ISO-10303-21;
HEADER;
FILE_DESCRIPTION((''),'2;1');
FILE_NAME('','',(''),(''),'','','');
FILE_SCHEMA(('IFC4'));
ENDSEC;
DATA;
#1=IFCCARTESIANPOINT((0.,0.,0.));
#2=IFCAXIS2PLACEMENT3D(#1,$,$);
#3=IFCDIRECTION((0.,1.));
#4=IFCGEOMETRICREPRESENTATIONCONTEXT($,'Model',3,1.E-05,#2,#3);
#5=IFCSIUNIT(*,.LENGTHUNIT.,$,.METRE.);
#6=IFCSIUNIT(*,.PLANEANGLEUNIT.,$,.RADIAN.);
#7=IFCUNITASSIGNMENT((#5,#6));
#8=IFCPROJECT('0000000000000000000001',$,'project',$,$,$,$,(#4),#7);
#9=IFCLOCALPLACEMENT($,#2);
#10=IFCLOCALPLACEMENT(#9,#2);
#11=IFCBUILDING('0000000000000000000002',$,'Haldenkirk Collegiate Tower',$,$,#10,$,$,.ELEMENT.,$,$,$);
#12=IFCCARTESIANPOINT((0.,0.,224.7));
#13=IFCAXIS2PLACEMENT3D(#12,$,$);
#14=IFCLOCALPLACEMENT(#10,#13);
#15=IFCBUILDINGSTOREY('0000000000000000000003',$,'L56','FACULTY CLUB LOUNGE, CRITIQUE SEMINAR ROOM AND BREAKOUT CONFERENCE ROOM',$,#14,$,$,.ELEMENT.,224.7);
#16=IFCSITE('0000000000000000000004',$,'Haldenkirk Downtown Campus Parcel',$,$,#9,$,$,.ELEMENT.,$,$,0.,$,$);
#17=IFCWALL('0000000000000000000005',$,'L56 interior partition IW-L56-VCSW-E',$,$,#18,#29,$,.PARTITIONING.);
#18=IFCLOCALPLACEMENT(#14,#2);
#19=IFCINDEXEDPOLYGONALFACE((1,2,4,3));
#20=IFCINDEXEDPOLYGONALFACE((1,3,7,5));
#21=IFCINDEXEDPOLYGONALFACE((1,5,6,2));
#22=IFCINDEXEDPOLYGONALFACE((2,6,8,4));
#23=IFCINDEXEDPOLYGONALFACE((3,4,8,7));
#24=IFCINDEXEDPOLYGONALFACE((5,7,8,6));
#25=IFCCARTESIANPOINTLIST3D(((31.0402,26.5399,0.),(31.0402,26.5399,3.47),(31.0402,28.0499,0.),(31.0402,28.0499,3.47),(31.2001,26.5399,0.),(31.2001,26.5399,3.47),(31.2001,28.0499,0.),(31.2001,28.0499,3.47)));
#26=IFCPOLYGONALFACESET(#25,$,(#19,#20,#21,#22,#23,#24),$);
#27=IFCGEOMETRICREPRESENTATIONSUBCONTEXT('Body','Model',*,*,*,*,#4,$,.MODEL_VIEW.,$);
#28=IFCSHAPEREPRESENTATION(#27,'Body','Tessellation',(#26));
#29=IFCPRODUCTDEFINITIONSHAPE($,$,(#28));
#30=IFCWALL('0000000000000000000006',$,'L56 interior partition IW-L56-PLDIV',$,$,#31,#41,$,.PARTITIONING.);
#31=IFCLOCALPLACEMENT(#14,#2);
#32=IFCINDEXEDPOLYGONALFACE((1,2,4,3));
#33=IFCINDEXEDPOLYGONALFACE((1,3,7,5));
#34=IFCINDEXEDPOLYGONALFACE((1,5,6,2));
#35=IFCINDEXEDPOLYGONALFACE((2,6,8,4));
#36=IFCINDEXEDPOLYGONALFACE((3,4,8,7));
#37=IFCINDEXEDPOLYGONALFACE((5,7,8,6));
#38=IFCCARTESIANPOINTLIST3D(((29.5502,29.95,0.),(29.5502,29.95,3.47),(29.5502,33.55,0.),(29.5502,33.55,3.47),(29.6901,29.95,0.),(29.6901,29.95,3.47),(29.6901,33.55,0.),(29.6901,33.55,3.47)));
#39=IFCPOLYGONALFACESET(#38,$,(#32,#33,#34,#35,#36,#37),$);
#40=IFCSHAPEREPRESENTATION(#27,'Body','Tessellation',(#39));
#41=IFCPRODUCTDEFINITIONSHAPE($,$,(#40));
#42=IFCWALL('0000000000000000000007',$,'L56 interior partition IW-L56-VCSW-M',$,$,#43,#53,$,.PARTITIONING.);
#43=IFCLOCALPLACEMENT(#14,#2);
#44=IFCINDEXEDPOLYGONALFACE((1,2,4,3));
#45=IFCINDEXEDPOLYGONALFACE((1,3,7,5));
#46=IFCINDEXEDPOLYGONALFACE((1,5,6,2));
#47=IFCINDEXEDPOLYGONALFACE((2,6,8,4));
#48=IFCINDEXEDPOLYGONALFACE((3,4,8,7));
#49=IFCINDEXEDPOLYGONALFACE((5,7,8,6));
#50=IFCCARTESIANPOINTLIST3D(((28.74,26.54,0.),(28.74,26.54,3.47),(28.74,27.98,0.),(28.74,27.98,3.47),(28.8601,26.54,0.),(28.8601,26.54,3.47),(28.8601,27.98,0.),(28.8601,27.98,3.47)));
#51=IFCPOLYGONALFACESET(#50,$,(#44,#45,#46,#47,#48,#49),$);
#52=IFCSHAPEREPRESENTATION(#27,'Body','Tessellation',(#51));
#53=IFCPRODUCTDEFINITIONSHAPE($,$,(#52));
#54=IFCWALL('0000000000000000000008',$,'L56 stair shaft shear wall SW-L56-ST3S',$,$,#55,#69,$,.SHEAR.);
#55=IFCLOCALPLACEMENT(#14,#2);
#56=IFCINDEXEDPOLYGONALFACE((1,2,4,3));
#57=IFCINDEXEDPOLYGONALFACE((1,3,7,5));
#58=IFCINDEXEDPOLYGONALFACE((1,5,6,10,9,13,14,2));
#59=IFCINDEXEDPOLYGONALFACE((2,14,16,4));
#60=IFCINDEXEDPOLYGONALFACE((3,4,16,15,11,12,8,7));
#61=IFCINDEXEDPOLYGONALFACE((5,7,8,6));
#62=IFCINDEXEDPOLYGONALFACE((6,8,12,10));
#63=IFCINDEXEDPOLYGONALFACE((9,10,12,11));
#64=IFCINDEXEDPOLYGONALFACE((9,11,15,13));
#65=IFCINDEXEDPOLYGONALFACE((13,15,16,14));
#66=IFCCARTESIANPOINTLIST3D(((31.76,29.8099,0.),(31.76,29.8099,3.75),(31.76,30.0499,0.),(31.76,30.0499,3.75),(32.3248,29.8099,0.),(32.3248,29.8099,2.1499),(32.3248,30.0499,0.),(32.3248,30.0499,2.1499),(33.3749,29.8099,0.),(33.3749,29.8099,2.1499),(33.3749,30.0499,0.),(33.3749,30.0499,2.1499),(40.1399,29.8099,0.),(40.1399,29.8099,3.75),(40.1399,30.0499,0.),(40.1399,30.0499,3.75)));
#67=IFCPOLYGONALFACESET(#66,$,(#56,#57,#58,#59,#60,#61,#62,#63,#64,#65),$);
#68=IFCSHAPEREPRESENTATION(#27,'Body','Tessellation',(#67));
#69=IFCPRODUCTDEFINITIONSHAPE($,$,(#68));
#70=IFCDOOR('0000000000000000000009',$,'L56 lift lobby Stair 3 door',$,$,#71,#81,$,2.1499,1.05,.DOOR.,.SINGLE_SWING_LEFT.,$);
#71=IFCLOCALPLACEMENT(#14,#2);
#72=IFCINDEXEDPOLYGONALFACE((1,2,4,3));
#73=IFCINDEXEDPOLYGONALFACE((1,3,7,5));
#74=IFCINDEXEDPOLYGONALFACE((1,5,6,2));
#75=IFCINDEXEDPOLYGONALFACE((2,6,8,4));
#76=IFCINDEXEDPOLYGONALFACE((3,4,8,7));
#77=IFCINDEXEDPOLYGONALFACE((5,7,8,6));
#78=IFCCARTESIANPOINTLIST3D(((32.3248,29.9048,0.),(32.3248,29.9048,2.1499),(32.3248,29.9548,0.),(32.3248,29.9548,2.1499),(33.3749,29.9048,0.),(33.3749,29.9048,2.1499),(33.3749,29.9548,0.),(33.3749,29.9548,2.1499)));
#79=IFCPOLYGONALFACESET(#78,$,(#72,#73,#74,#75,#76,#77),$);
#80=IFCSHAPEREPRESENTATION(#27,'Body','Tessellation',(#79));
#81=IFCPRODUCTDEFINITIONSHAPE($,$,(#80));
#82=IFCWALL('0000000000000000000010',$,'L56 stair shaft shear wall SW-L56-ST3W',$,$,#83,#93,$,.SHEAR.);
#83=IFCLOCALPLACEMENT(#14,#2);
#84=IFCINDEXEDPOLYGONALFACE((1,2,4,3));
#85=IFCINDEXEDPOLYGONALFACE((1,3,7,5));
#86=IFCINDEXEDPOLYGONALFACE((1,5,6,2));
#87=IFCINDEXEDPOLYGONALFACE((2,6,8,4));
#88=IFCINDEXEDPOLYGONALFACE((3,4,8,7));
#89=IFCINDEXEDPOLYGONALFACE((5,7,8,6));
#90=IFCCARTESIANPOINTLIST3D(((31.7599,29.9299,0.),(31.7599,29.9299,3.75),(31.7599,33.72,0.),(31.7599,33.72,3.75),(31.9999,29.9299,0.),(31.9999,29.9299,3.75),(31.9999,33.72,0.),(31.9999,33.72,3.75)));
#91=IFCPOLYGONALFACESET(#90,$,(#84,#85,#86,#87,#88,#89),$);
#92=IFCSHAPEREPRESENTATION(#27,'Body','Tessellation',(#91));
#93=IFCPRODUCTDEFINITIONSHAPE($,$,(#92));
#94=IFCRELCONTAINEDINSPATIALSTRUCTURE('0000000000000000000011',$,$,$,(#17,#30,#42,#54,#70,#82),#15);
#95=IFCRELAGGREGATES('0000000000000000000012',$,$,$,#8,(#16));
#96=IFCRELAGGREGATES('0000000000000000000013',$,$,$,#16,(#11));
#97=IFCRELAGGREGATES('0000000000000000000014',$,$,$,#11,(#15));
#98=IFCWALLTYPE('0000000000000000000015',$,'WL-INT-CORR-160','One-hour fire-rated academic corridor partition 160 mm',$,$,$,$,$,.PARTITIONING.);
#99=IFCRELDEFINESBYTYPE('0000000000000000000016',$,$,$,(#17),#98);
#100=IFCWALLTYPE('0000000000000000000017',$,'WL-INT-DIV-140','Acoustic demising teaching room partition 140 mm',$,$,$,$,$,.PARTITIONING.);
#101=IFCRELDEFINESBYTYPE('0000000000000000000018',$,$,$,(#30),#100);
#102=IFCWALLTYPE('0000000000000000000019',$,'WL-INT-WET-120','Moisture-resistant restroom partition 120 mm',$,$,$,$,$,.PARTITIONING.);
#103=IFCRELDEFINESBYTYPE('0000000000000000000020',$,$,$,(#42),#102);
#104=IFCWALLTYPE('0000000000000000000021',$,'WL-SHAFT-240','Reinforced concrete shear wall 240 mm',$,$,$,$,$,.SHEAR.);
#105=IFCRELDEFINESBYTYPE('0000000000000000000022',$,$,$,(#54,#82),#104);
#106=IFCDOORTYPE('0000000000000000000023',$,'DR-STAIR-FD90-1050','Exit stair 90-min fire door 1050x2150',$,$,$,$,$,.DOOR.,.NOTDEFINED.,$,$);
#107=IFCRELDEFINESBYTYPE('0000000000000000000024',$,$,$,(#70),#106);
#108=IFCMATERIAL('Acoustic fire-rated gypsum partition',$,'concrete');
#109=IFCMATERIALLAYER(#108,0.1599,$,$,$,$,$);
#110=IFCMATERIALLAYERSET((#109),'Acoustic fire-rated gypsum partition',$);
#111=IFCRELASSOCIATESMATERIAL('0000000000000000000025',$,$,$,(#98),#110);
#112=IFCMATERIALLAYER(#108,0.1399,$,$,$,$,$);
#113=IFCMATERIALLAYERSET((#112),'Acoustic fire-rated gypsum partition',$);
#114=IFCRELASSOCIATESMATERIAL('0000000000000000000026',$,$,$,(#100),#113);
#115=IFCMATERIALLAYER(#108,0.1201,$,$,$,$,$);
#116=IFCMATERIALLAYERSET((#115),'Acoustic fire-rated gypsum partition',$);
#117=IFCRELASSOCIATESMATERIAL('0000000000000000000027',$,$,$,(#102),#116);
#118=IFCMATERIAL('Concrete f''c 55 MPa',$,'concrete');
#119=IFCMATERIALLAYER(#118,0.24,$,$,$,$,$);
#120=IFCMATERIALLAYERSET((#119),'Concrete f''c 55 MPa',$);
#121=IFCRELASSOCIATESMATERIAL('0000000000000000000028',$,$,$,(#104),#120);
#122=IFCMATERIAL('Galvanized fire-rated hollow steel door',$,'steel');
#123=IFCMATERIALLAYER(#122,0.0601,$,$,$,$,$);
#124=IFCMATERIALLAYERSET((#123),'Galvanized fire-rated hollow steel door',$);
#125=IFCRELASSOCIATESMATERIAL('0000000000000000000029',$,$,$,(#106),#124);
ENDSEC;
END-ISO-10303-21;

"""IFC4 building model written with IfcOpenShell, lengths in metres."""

from ifc_helpers import new_model, si_unit, direction, frame, frame_2d, origin, place, context, subcontext, project, spatial, rectangle, extrude, material, layer, layer_set, type_object, element, fill, save


model = new_model("IFC4")

# Units and contexts
model_context = context("Model", 3, precision=1e-05, world=origin(), true_north=direction((0.0, 1.0)))
body_context = subcontext(model_context, "Body", "Model", "MODEL_VIEW")
ifc_project = project(units=[si_unit("LENGTHUNIT", "METRE"), si_unit("PLANEANGLEUNIT", "RADIAN")], contexts=[model_context])

# Site, building, storey
site_placement = place(None, origin())
site = spatial("IfcSite", under=ifc_project, at=site_placement, Name="Haldenkirk Downtown Campus Parcel", CompositionType="ELEMENT", RefElevation=0.0)
building_placement = place(site_placement, origin())
building = spatial("IfcBuilding", under=site, at=building_placement, Name="Haldenkirk Collegiate Tower", CompositionType="ELEMENT")
storey_placement = place(building_placement, frame((0.0, 0.0, 224.7)))
storey = spatial("IfcBuildingStorey", under=building, at=storey_placement, Name="L56", Description="FACULTY CLUB LOUNGE, CRITIQUE SEMINAR ROOM AND BREAKOUT CONFERENCE ROOM", CompositionType="ELEMENT", Elevation=224.7)

# Shared definitions
ifc_material_1 = material(Name="Concrete f'c 55 MPa", Category="concrete")
ifc_material_2 = material(Name="Acoustic fire-rated gypsum partition", Category="concrete")
ifc_layer_1 = layer(ifc_material_2, 0.1599)
ifc_layer_set_1 = layer_set([ifc_layer_1], Name="Acoustic fire-rated gypsum partition")
wall_type_1 = type_object("IfcWallType", Name="WL-INT-CORR-160", Description="One-hour fire-rated academic corridor partition 160 mm", PredefinedType="PARTITIONING", material=ifc_layer_set_1)

# Wall
wall_1_placement = place(storey_placement, frame((31.1201, 26.54, 0.0), z_axis=(0.0, 0.0, 1.0), x_axis=(0.0, 1.0, 0.0)))
element("IfcWall", 1, at=wall_1_placement, inside=storey, type_object=wall_type_1, Name="L56 interior partition IW-L56-VCSW-E", PredefinedType="PARTITIONING", context=body_context, shape_type="SweptSolid", body=[
    extrude(rectangle(XDim=1.51, YDim=0.1599, at=frame_2d((0.7549, 0.0))), origin(), (0.0, 0.0, 1.0), 3.47),
])

# Wall
ifc_layer_2 = layer(ifc_material_2, 0.1399)
ifc_layer_set_2 = layer_set([ifc_layer_2], Name="Acoustic fire-rated gypsum partition")
wall_type_2 = type_object("IfcWallType", Name="WL-INT-DIV-140", Description="Acoustic demising teaching room partition 140 mm", PredefinedType="PARTITIONING", material=ifc_layer_set_2)
wall_2_placement = place(storey_placement, frame((29.6201, 29.95, 0.0), z_axis=(0.0, 0.0, 1.0), x_axis=(0.0, 1.0, 0.0)))
element("IfcWall", 2, at=wall_2_placement, inside=storey, type_object=wall_type_2, Name="L56 interior partition IW-L56-PLDIV", PredefinedType="PARTITIONING", context=body_context, shape_type="SweptSolid", body=[
    extrude(rectangle(XDim=3.6001, YDim=0.1399, at=frame_2d((1.8, 0.0))), origin(), (0.0, 0.0, 1.0), 3.47),
])

# Wall
ifc_layer_3 = layer(ifc_material_2, 0.1201)
ifc_layer_set_3 = layer_set([ifc_layer_3], Name="Acoustic fire-rated gypsum partition")
wall_type_3 = type_object("IfcWallType", Name="WL-INT-WET-120", Description="Moisture-resistant restroom partition 120 mm", PredefinedType="PARTITIONING", material=ifc_layer_set_3)
wall_3_placement = place(storey_placement, frame((28.8, 26.54, 0.0), z_axis=(0.0, 0.0, 1.0), x_axis=(0.0, 1.0, 0.0)))
element("IfcWall", 3, at=wall_3_placement, inside=storey, type_object=wall_type_3, Name="L56 interior partition IW-L56-VCSW-M", PredefinedType="PARTITIONING", context=body_context, shape_type="SweptSolid", body=[
    extrude(rectangle(XDim=1.4399, YDim=0.1201, at=frame_2d((0.72, 0.0))), origin(), (0.0, 0.0, 1.0), 3.47),
])

# Wall, opening, door
ifc_layer_4 = layer(ifc_material_1, 0.24)
ifc_layer_set_4 = layer_set([ifc_layer_4], Name="Concrete f'c 55 MPa")
wall_type_4 = type_object("IfcWallType", Name="WL-SHAFT-240", Description="Reinforced concrete shear wall 240 mm", PredefinedType="SHEAR", material=ifc_layer_set_4)
wall_4_placement = place(storey_placement, frame((31.76, 29.9299, 0.0), z_axis=(0.0, 0.0, 1.0), x_axis=(1.0, 0.0, 0.0)))
wall_4 = element("IfcWall", 4, at=wall_4_placement, inside=storey, type_object=wall_type_4, Name="L56 stair shaft shear wall SW-L56-ST3S", PredefinedType="SHEAR", context=body_context, shape_type="SweptSolid", body=[
    extrude(rectangle(XDim=8.3799, YDim=0.24, at=frame_2d((4.1899, 0.0))), origin(), (0.0, 0.0, 1.0), 3.75),
])
opening_1_placement = place(wall_4_placement, frame((0.5649, 0.0, 0.0)))
opening_1 = element("IfcOpeningElement", 5, at=opening_1_placement, cuts=wall_4, PredefinedType="OPENING", context=body_context, shape_type="SweptSolid", body=[
    extrude(rectangle(XDim=1.05, YDim=2.1499, at=frame_2d((0.5249, 1.075))), frame((0.0, 0.1299, 0.0), z_axis=(0.0, -1.0, 0.0), x_axis=(1.0, 0.0, 0.0)), (0.0, 0.0, 1.0), 0.26),
])
ifc_material_3 = material(Name="Galvanized fire-rated hollow steel door", Category="steel")
ifc_layer_5 = layer(ifc_material_3, 0.0601)
ifc_layer_set_5 = layer_set([ifc_layer_5], Name="Galvanized fire-rated hollow steel door")
door_type_1 = type_object("IfcDoorType", Name="DR-STAIR-FD90-1050", Description="Exit stair 90-min fire door 1050x2150", OperationType="NOTDEFINED", PredefinedType="DOOR", material=ifc_layer_set_5)
door_1_placement = place(opening_1_placement, origin())
door_1 = element("IfcDoor", 6, at=door_1_placement, inside=storey, type_object=door_type_1, Name="L56 lift lobby Stair 3 door", OperationType="SINGLE_SWING_LEFT", OverallHeight=2.1499, OverallWidth=1.05, PredefinedType="DOOR", context=body_context, shape_type="SweptSolid", body=[
    extrude(rectangle(XDim=1.05, YDim=2.1499, at=frame_2d((0.5249, 1.075))), frame((0.0, 0.0249, 0.0), z_axis=(0.0, -1.0, 0.0), x_axis=(1.0, 0.0, 0.0)), (0.0, 0.0, 1.0), 0.05),
])
fill(opening_1, door_1)

# Wall
wall_5_placement = place(storey_placement, frame((31.8799, 29.9299, 0.0), z_axis=(0.0, 0.0, 1.0), x_axis=(0.0, 1.0, 0.0)))
element("IfcWall", 7, at=wall_5_placement, inside=storey, type_object=wall_type_4, Name="L56 stair shaft shear wall SW-L56-ST3W", PredefinedType="SHEAR", context=body_context, shape_type="SweptSolid", body=[
    extrude(rectangle(XDim=3.79, YDim=0.24, at=frame_2d((1.895, 0.0))), origin(), (0.0, 0.0, 1.0), 3.75),
])

save(model, "model.ifc")
